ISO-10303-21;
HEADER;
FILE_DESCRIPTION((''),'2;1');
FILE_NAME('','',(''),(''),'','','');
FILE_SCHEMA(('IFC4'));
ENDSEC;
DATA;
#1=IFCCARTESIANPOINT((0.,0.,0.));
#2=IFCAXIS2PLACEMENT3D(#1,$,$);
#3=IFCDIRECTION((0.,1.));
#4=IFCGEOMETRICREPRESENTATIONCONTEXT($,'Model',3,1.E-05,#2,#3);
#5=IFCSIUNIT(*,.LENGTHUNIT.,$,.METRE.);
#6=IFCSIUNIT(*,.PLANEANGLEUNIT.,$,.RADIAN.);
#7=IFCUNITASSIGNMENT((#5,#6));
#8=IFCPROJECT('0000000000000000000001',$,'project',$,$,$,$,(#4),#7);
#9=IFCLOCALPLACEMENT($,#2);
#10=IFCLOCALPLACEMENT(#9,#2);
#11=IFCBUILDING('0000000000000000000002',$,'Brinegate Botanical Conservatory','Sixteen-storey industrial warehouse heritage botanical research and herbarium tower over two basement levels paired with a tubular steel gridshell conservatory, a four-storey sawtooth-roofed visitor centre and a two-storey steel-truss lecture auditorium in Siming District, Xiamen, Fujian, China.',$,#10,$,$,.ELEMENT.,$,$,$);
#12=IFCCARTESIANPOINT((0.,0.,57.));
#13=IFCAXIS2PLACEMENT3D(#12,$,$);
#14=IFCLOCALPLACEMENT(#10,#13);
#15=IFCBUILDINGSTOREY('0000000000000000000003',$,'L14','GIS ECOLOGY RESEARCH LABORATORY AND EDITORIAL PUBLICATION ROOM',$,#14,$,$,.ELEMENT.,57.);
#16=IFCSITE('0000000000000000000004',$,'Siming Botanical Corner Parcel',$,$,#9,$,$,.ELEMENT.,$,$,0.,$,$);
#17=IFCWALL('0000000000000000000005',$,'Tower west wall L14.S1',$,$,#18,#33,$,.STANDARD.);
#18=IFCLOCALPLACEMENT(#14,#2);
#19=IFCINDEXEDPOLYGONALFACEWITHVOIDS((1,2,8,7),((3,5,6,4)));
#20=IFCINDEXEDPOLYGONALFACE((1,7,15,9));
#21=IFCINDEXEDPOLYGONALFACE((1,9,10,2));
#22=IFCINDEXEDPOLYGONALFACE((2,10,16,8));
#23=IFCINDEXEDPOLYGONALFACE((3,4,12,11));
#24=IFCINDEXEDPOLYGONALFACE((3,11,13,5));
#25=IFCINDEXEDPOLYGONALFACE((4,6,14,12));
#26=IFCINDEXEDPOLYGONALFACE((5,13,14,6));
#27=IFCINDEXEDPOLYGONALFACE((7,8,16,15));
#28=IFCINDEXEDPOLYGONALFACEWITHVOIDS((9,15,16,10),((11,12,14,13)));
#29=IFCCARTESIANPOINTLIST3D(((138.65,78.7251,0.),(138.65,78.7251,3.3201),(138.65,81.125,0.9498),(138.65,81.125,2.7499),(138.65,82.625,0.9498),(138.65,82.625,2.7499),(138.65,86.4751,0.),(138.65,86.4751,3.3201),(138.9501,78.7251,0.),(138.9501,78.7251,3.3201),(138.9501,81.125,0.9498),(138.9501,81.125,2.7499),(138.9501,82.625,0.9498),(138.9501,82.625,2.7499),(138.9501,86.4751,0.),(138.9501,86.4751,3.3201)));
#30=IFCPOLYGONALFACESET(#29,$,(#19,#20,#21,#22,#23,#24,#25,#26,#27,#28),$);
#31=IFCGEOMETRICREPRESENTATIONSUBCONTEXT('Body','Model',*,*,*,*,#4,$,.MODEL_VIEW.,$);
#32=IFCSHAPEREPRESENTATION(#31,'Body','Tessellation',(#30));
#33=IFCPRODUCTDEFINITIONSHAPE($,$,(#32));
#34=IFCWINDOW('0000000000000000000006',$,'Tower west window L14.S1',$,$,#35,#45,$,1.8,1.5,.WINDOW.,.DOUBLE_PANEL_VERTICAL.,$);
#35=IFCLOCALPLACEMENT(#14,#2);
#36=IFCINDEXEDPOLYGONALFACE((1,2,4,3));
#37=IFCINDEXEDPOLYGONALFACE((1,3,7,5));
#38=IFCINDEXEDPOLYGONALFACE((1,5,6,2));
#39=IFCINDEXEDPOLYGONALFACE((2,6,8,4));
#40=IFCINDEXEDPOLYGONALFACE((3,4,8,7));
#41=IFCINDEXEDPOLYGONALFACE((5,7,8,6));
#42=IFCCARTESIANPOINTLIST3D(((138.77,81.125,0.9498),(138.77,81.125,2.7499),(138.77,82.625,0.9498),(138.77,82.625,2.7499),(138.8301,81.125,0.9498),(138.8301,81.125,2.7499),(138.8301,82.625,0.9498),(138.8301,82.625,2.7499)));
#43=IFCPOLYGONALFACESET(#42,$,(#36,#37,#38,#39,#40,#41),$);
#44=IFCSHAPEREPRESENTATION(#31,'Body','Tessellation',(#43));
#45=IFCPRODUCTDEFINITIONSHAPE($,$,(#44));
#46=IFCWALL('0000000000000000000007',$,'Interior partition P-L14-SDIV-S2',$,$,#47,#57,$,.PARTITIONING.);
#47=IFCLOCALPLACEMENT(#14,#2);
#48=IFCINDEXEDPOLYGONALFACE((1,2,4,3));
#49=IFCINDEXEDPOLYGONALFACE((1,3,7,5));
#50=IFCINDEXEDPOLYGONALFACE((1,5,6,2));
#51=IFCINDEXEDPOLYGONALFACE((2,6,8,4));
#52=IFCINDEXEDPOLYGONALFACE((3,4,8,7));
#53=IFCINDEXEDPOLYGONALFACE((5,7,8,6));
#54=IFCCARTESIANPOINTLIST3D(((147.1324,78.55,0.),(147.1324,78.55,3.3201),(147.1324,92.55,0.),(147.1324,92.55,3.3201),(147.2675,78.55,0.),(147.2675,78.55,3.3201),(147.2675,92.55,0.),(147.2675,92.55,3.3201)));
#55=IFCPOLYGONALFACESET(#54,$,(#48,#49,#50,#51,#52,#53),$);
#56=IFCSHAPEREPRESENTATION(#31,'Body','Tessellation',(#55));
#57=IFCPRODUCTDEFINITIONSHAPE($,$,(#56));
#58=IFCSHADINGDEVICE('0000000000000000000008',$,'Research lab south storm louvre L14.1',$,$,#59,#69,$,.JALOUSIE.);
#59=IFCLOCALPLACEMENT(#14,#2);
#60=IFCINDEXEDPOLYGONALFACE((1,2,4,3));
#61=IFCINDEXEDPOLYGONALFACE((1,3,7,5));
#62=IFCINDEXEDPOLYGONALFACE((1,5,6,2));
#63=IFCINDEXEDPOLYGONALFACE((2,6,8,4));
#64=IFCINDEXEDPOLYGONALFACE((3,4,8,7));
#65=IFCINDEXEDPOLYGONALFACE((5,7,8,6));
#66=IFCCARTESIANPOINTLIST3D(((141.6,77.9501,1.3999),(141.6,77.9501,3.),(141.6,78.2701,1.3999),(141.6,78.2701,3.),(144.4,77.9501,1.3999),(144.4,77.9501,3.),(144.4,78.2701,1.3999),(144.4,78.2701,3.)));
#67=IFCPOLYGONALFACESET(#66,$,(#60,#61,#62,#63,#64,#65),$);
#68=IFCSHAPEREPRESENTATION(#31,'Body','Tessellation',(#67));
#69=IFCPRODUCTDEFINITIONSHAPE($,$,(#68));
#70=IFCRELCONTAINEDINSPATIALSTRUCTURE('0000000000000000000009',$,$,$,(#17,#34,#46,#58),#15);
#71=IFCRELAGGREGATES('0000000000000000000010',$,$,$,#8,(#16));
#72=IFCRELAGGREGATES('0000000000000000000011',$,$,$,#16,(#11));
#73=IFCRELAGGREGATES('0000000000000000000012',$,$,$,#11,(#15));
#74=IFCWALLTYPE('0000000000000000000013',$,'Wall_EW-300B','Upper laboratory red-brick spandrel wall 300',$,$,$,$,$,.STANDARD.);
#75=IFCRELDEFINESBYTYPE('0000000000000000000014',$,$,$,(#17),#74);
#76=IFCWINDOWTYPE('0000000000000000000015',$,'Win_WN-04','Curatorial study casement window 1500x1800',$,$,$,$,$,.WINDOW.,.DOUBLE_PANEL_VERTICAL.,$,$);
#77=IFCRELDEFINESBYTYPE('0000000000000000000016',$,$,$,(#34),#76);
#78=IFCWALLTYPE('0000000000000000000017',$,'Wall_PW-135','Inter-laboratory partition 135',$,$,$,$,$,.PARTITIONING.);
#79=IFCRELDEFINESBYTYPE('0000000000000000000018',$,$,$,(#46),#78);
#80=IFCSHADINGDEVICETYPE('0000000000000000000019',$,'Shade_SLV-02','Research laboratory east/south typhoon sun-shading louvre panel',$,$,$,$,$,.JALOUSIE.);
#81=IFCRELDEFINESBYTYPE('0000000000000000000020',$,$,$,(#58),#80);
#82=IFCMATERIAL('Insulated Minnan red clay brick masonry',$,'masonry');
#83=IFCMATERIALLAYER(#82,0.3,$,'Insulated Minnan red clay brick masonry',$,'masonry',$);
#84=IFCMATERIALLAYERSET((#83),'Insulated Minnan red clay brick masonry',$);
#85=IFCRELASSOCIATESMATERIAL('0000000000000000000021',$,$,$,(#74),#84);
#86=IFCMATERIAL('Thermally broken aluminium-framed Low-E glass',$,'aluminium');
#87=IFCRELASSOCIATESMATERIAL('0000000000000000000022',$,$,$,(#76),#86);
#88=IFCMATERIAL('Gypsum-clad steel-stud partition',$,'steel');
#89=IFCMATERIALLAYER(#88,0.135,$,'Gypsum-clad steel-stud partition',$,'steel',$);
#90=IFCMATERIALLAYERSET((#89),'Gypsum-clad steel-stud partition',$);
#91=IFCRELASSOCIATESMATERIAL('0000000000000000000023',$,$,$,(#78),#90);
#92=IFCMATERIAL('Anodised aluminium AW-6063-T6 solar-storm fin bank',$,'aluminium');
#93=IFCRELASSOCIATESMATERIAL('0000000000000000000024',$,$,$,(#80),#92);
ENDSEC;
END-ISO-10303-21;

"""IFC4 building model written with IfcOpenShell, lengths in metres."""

from ifc_helpers import new_model, si_unit, direction, frame, frame_2d, origin, origin_2d, place, context, subcontext, project, spatial, rectangle, extrude, material, layer, layer_set, type_object, element, fill, save


model = new_model("IFC4")

# Units and contexts
model_context = context("Model", 3, precision=1e-05, world=origin(), true_north=direction((0.0, 1.0)))
body_context = subcontext(model_context, "Body", "Model", "MODEL_VIEW")
ifc_project = project(units=[si_unit("LENGTHUNIT", "METRE"), si_unit("PLANEANGLEUNIT", "RADIAN")], contexts=[model_context])

# Site, building, storey
site_placement = place(None, origin())
site = spatial("IfcSite", under=ifc_project, at=site_placement, Name="Siming Botanical Corner Parcel", CompositionType="ELEMENT", RefElevation=0.0)
building_placement = place(site_placement, origin())
building = spatial("IfcBuilding", under=site, at=building_placement, Name="Brinegate Botanical Conservatory", Description="Sixteen-storey industrial warehouse heritage botanical research and herbarium tower over two basement levels paired with a tubular steel gridshell conservatory, a four-storey sawtooth-roofed visitor centre and a two-storey steel-truss lecture auditorium in Siming District, Xiamen, Fujian, China.", CompositionType="ELEMENT")
storey_placement = place(building_placement, frame((0.0, 0.0, 57.0)))
storey = spatial("IfcBuildingStorey", under=building, at=storey_placement, Name="L14", Description="GIS ECOLOGY RESEARCH LABORATORY AND EDITORIAL PUBLICATION ROOM", CompositionType="ELEMENT", Elevation=57.0)

# Wall, opening, window
ifc_material_1 = material(Name="Insulated Minnan red clay brick masonry", Category="masonry")
ifc_layer_1 = layer(ifc_material_1, 0.3, Name="Insulated Minnan red clay brick masonry", Category="masonry")
ifc_layer_set_1 = layer_set([ifc_layer_1], Name="Insulated Minnan red clay brick masonry")
wall_type_1 = type_object("IfcWallType", Name="Wall_EW-300B", Description="Upper laboratory red-brick spandrel wall 300", PredefinedType="STANDARD", material=ifc_layer_set_1)
ifc_material_2 = material(Name="Thermally broken aluminium-framed Low-E glass", Category="aluminium")
wall_1_placement = place(storey_placement, frame((138.8, 78.7251, 0.0), z_axis=(0.0, 0.0, 1.0), x_axis=(0.0, 1.0, 0.0)))
wall_1 = element("IfcWall", 1, at=wall_1_placement, inside=storey, type_object=wall_type_1, Name="Tower west wall L14.S1", PredefinedType="STANDARD", context=body_context, shape_type="SweptSolid", body=[
    extrude(rectangle(XDim=7.75, YDim=0.3, at=frame_2d((3.875, 0.0))), origin(), (0.0, 0.0, 1.0), 3.3201),
])
opening_1_placement = place(wall_1_placement, frame((2.3999, 0.0, 0.95)))
opening_1 = element("IfcOpeningElement", 2, at=opening_1_placement, cuts=wall_1, PredefinedType="OPENING", context=body_context, shape_type="SweptSolid", body=[
    extrude(rectangle(XDim=1.5, YDim=1.8, at=frame_2d((0.75, 0.8999))), frame((0.0, 0.1599, 0.0), z_axis=(0.0, -1.0, 0.0), x_axis=(1.0, 0.0, 0.0)), (0.0, 0.0, 1.0), 0.3201),
])
window_type_1 = type_object("IfcWindowType", Name="Win_WN-04", Description="Curatorial study casement window 1500x1800", PartitioningType="DOUBLE_PANEL_VERTICAL", PredefinedType="WINDOW", material=ifc_material_2)
window_1_placement = place(opening_1_placement, origin())
window_1 = element("IfcWindow", 3, at=window_1_placement, inside=storey, type_object=window_type_1, Name="Tower west window L14.S1", OverallHeight=1.8, OverallWidth=1.5, PartitioningType="DOUBLE_PANEL_VERTICAL", PredefinedType="WINDOW", context=body_context, shape_type="SweptSolid", body=[
    extrude(rectangle(XDim=1.5, YDim=1.8, at=frame_2d((0.75, 0.8999))), frame((0.0, 0.03, 0.0), z_axis=(0.0, -1.0, 0.0), x_axis=(1.0, 0.0, 0.0)), (0.0, 0.0, 1.0), 0.0601),
])
fill(opening_1, window_1)

# Wall
ifc_material_3 = material(Name="Gypsum-clad steel-stud partition", Category="steel")
ifc_layer_2 = layer(ifc_material_3, 0.135, Name="Gypsum-clad steel-stud partition", Category="steel")
ifc_layer_set_2 = layer_set([ifc_layer_2], Name="Gypsum-clad steel-stud partition")
wall_type_2 = type_object("IfcWallType", Name="Wall_PW-135", Description="Inter-laboratory partition 135", PredefinedType="PARTITIONING", material=ifc_layer_set_2)
wall_2_placement = place(storey_placement, frame((147.2, 78.55, 0.0), z_axis=(0.0, 0.0, 1.0), x_axis=(0.0, 1.0, 0.0)))
element("IfcWall", 4, at=wall_2_placement, inside=storey, type_object=wall_type_2, Name="Interior partition P-L14-SDIV-S2", PredefinedType="PARTITIONING", context=body_context, shape_type="SweptSolid", body=[
    extrude(rectangle(XDim=14.0, YDim=0.135, at=frame_2d((7.0, 0.0))), origin(), (0.0, 0.0, 1.0), 3.3201),
])

# Shading device
ifc_material_4 = material(Name="Anodised aluminium AW-6063-T6 solar-storm fin bank", Category="aluminium")
shading_device_type = type_object("IfcShadingDeviceType", Name="Shade_SLV-02", Description="Research laboratory east/south typhoon sun-shading louvre panel", PredefinedType="JALOUSIE", material=ifc_material_4)
shading_device_placement = place(storey_placement, frame((143.0, 78.1101, 1.3999), z_axis=(0.0, 0.0, 1.0), x_axis=(1.0, 0.0, 0.0)))
element("IfcShadingDevice", 5, at=shading_device_placement, inside=storey, type_object=shading_device_type, Name="Research lab south storm louvre L14.1", PredefinedType="JALOUSIE", context=body_context, shape_type="SweptSolid", body=[
    extrude(rectangle(XDim=2.8, YDim=0.3201, at=origin_2d()), origin(), (0.0, 0.0, 1.0), 1.6001),
])

save(model, "model.ifc")
